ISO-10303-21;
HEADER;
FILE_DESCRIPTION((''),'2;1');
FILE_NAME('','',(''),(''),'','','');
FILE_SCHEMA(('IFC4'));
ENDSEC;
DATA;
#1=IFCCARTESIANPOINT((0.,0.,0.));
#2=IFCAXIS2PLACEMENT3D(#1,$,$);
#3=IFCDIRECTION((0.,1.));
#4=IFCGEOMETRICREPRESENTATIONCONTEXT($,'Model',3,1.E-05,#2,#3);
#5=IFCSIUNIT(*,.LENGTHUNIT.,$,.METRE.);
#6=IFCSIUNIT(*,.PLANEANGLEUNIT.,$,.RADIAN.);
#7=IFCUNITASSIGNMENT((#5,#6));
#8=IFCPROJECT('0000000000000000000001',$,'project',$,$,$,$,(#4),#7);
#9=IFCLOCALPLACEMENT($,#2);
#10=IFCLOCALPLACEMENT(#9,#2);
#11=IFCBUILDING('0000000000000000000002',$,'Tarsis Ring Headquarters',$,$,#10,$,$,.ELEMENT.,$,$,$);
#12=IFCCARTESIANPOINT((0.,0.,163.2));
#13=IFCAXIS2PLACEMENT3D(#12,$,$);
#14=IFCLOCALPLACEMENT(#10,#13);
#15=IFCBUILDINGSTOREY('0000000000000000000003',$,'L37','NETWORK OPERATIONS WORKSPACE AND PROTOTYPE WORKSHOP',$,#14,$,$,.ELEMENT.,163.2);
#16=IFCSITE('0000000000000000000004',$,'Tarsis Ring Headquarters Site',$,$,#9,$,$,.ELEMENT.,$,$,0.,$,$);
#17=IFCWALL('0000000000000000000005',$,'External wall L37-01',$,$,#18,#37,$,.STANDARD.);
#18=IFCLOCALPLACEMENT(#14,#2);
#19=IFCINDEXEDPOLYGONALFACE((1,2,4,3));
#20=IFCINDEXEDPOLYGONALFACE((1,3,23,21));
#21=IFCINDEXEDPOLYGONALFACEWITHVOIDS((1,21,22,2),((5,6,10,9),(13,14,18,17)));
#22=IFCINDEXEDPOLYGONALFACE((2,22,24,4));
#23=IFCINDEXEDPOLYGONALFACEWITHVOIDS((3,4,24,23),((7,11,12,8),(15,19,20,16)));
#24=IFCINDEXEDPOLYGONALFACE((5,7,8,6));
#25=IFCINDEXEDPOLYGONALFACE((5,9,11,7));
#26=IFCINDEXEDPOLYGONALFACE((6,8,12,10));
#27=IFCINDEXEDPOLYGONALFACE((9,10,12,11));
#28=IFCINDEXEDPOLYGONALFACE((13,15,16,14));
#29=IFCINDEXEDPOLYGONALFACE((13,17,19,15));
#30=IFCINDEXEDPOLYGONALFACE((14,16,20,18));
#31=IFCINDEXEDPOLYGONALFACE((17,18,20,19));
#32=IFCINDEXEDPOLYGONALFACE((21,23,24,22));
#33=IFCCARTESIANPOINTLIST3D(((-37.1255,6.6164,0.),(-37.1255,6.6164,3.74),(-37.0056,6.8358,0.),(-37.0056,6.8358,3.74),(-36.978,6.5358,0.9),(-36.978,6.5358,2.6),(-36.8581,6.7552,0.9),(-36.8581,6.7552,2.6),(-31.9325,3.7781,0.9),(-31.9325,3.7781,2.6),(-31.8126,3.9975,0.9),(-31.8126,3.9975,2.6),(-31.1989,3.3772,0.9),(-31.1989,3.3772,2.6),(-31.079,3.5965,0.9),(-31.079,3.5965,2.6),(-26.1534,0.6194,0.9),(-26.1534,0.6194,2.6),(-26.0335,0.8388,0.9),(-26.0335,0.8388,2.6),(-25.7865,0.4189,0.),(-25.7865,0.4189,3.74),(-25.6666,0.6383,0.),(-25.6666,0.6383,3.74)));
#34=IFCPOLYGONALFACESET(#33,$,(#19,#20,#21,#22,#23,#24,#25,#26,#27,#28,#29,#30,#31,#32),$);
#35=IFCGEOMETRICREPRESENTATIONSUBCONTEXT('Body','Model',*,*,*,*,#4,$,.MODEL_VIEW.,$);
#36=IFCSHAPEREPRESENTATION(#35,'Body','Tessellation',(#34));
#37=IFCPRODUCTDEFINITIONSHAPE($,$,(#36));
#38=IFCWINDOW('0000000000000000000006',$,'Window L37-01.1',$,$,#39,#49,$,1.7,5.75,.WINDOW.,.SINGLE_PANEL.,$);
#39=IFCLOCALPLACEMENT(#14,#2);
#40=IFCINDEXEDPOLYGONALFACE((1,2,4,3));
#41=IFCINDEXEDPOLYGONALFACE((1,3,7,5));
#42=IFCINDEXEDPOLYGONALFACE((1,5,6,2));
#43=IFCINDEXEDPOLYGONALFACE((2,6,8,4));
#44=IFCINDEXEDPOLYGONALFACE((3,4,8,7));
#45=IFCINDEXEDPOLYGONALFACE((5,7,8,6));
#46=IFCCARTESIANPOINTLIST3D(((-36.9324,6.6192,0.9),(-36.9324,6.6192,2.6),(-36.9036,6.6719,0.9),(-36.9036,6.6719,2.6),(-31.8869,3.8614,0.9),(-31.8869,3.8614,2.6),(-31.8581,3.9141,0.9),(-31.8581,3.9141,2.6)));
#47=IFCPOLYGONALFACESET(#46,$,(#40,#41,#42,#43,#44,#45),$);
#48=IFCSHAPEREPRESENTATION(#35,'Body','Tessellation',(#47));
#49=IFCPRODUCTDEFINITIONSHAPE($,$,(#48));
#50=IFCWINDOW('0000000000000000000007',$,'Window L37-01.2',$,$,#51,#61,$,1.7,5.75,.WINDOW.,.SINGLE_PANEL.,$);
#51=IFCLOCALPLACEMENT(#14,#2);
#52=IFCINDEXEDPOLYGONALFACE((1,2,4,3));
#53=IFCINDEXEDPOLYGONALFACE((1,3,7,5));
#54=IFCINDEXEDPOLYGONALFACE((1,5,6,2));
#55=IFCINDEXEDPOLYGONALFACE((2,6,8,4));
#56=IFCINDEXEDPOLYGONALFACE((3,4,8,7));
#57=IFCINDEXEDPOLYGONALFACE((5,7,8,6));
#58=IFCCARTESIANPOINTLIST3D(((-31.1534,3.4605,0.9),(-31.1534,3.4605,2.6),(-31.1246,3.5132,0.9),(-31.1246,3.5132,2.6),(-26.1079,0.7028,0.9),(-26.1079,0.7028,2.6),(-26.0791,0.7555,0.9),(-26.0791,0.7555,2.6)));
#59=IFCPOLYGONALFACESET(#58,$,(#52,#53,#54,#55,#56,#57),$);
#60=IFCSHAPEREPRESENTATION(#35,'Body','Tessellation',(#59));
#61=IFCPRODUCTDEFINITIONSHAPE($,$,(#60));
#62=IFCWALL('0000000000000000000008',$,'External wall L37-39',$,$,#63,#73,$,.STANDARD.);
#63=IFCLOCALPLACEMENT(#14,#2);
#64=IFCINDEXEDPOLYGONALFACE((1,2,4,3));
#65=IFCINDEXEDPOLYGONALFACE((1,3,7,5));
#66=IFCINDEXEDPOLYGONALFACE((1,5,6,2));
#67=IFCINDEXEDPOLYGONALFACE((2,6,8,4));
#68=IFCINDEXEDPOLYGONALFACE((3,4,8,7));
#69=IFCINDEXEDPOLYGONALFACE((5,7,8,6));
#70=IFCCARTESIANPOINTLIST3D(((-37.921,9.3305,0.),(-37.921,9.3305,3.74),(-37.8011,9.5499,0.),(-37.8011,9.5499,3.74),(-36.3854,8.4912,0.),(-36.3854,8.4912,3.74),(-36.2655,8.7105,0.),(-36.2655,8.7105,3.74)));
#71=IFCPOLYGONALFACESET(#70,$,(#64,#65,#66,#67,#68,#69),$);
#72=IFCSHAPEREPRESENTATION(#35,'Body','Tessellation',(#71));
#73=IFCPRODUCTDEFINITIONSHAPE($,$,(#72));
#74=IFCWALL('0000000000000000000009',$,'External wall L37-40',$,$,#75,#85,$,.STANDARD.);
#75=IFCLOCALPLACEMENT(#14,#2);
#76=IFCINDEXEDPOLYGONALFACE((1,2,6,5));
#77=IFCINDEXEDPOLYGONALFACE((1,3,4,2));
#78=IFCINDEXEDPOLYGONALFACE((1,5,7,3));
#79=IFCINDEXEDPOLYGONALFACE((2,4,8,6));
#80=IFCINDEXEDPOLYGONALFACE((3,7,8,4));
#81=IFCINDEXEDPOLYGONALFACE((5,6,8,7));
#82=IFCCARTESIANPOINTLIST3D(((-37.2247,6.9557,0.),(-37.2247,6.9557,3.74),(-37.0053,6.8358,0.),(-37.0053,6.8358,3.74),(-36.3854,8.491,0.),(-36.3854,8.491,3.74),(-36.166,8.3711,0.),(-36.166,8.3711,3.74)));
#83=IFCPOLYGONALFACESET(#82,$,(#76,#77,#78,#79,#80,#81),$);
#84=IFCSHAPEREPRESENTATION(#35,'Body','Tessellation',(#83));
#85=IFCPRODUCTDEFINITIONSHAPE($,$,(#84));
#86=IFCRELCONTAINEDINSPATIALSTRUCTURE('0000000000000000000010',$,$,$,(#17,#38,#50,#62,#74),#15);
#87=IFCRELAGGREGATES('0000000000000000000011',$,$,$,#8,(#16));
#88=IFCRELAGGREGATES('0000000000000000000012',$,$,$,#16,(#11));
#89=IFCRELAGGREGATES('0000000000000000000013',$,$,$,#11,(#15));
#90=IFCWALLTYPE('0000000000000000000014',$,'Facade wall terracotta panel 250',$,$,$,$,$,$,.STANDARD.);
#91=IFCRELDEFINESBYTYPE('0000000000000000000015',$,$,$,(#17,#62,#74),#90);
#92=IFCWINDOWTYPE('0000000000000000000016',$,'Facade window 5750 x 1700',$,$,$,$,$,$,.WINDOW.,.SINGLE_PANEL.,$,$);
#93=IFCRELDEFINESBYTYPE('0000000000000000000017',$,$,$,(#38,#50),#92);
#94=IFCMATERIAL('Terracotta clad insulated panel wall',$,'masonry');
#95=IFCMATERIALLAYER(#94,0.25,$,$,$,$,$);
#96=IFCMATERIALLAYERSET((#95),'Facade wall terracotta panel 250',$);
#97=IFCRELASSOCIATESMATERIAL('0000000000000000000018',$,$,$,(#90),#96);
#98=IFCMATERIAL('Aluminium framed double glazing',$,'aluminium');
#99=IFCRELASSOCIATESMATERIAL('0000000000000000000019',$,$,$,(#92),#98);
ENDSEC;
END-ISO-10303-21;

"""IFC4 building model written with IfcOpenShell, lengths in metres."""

from ifc_helpers import new_model, si_unit, direction, frame, frame_2d, origin, place, context, subcontext, project, spatial, rectangle, extrude, material, layer, layer_set, type_object, element, fill, save


model = new_model("IFC4")

# Units and contexts
model_context = context("Model", 3, precision=1e-05, world=origin(), true_north=direction((0.0, 1.0)))
body_context = subcontext(model_context, "Body", "Model", "MODEL_VIEW")
ifc_project = project(units=[si_unit("LENGTHUNIT", "METRE"), si_unit("PLANEANGLEUNIT", "RADIAN")], contexts=[model_context])

# Site, building, storey
site_placement = place(None, origin())
site = spatial("IfcSite", under=ifc_project, at=site_placement, Name="Tarsis Ring Headquarters Site", CompositionType="ELEMENT", RefElevation=0.0)
building_placement = place(site_placement, origin())
building = spatial("IfcBuilding", under=site, at=building_placement, Name="Tarsis Ring Headquarters", CompositionType="ELEMENT")
storey_placement = place(building_placement, frame((0.0, 0.0, 163.2)))
storey = spatial("IfcBuildingStorey", under=building, at=storey_placement, Name="L37", Description="NETWORK OPERATIONS WORKSPACE AND PROTOTYPE WORKSHOP", CompositionType="ELEMENT", Elevation=163.2)

# Wall, openings, windows
ifc_material_1 = material(Name="Terracotta clad insulated panel wall", Category="masonry")
ifc_layer = layer(ifc_material_1, 0.25)
ifc_layer_set = layer_set([ifc_layer], Name="Facade wall terracotta panel 250")
wall_type = type_object("IfcWallType", Name="Facade wall terracotta panel 250", PredefinedType="STANDARD", material=ifc_layer_set)
wall_1_placement = place(storey_placement, frame((-37.0654, 6.7261, 0.0), z_axis=(0.0, 0.0, 1.0), x_axis=(0.877483, -0.479608, 0.0)))
wall_1 = element("IfcWall", 1, at=wall_1_placement, inside=storey, type_object=wall_type, Name="External wall L37-01", PredefinedType="STANDARD", context=body_context, shape_type="SweptSolid", body=[
    extrude(rectangle(XDim=12.9221, YDim=0.25, at=frame_2d((6.4609, 0.0))), origin(), (0.0, 0.0, 1.0), 3.74),
])
opening_1_placement = place(wall_1_placement, frame((0.168, 0.0, 0.8999)))
opening_1 = element("IfcOpeningElement", 2, at=opening_1_placement, cuts=wall_1, PredefinedType="OPENING", context=body_context, shape_type="SweptSolid", body=[
    extrude(rectangle(XDim=5.75, YDim=1.7, at=frame_2d((2.875, 0.8501))), frame((0.0, 0.135, 0.0), z_axis=(0.0, -1.0, 0.0), x_axis=(1.0, 0.0, 0.0)), (0.0, 0.0, 1.0), 0.27),
])
opening_2_placement = place(wall_1_placement, frame((6.7539, 0.0, 0.8999)))
opening_2 = element("IfcOpeningElement", 3, at=opening_2_placement, cuts=wall_1, PredefinedType="OPENING", context=body_context, shape_type="SweptSolid", body=[
    extrude(rectangle(XDim=5.75, YDim=1.7, at=frame_2d((2.875, 0.8501))), frame((0.0, 0.135, 0.0), z_axis=(0.0, -1.0, 0.0), x_axis=(1.0, 0.0, 0.0)), (0.0, 0.0, 1.0), 0.27),
])
ifc_material_2 = material(Name="Aluminium framed double glazing", Category="aluminium")
window_type = type_object("IfcWindowType", Name="Facade window 5750 x 1700", PartitioningType="SINGLE_PANEL", PredefinedType="WINDOW", material=ifc_material_2)
window_1_placement = place(opening_1_placement, origin())
window_1 = element("IfcWindow", 4, at=window_1_placement, inside=storey, type_object=window_type, Name="Window L37-01.1", OverallHeight=1.7, OverallWidth=5.75, PartitioningType="SINGLE_PANEL", PredefinedType="WINDOW", context=body_context, shape_type="SweptSolid", body=[
    extrude(rectangle(XDim=5.75, YDim=1.7, at=frame_2d((2.875, 0.8501))), frame((0.0, 0.03, 0.0), z_axis=(0.0, -1.0, 0.0), x_axis=(1.0, 0.0, 0.0)), (0.0, 0.0, 1.0), 0.0601),
])
fill(opening_1, window_1)
window_2_placement = place(opening_2_placement, origin())
window_2 = element("IfcWindow", 5, at=window_2_placement, inside=storey, type_object=window_type, Name="Window L37-01.2", OverallHeight=1.7, OverallWidth=5.75, PartitioningType="SINGLE_PANEL", PredefinedType="WINDOW", context=body_context, shape_type="SweptSolid", body=[
    extrude(rectangle(XDim=5.75, YDim=1.7, at=frame_2d((2.875, 0.8501))), frame((0.0, 0.03, 0.0), z_axis=(0.0, -1.0, 0.0), x_axis=(1.0, 0.0, 0.0)), (0.0, 0.0, 1.0), 0.0601),
])
fill(opening_2, window_2)

# Walls
wall_2_placement = place(storey_placement, frame((-37.8611, 9.4402, 0.0), z_axis=(0.0, 0.0, 1.0), x_axis=(0.877479, -0.479614, 0.0)))
element("IfcWall", 6, at=wall_2_placement, inside=storey, type_object=wall_type, Name="External wall L37-39", PredefinedType="STANDARD", context=body_context, shape_type="SweptSolid", body=[
    extrude(rectangle(XDim=1.75, YDim=0.25, at=frame_2d((0.875, 0.0))), origin(), (0.0, 0.0, 1.0), 3.74),
])
wall_3_placement = place(storey_placement, frame((-36.2756, 8.4312, 0.0), z_axis=(0.0, 0.0, 1.0), x_axis=(-0.479673, -0.877447, 0.0)))
element("IfcWall", 7, at=wall_3_placement, inside=storey, type_object=wall_type, Name="External wall L37-40", PredefinedType="STANDARD", context=body_context, shape_type="SweptSolid", body=[
    extrude(rectangle(XDim=1.7498, YDim=0.25, at=frame_2d((0.875, 0.0))), origin(), (0.0, 0.0, 1.0), 3.74),
])

save(model, "model.ifc")
